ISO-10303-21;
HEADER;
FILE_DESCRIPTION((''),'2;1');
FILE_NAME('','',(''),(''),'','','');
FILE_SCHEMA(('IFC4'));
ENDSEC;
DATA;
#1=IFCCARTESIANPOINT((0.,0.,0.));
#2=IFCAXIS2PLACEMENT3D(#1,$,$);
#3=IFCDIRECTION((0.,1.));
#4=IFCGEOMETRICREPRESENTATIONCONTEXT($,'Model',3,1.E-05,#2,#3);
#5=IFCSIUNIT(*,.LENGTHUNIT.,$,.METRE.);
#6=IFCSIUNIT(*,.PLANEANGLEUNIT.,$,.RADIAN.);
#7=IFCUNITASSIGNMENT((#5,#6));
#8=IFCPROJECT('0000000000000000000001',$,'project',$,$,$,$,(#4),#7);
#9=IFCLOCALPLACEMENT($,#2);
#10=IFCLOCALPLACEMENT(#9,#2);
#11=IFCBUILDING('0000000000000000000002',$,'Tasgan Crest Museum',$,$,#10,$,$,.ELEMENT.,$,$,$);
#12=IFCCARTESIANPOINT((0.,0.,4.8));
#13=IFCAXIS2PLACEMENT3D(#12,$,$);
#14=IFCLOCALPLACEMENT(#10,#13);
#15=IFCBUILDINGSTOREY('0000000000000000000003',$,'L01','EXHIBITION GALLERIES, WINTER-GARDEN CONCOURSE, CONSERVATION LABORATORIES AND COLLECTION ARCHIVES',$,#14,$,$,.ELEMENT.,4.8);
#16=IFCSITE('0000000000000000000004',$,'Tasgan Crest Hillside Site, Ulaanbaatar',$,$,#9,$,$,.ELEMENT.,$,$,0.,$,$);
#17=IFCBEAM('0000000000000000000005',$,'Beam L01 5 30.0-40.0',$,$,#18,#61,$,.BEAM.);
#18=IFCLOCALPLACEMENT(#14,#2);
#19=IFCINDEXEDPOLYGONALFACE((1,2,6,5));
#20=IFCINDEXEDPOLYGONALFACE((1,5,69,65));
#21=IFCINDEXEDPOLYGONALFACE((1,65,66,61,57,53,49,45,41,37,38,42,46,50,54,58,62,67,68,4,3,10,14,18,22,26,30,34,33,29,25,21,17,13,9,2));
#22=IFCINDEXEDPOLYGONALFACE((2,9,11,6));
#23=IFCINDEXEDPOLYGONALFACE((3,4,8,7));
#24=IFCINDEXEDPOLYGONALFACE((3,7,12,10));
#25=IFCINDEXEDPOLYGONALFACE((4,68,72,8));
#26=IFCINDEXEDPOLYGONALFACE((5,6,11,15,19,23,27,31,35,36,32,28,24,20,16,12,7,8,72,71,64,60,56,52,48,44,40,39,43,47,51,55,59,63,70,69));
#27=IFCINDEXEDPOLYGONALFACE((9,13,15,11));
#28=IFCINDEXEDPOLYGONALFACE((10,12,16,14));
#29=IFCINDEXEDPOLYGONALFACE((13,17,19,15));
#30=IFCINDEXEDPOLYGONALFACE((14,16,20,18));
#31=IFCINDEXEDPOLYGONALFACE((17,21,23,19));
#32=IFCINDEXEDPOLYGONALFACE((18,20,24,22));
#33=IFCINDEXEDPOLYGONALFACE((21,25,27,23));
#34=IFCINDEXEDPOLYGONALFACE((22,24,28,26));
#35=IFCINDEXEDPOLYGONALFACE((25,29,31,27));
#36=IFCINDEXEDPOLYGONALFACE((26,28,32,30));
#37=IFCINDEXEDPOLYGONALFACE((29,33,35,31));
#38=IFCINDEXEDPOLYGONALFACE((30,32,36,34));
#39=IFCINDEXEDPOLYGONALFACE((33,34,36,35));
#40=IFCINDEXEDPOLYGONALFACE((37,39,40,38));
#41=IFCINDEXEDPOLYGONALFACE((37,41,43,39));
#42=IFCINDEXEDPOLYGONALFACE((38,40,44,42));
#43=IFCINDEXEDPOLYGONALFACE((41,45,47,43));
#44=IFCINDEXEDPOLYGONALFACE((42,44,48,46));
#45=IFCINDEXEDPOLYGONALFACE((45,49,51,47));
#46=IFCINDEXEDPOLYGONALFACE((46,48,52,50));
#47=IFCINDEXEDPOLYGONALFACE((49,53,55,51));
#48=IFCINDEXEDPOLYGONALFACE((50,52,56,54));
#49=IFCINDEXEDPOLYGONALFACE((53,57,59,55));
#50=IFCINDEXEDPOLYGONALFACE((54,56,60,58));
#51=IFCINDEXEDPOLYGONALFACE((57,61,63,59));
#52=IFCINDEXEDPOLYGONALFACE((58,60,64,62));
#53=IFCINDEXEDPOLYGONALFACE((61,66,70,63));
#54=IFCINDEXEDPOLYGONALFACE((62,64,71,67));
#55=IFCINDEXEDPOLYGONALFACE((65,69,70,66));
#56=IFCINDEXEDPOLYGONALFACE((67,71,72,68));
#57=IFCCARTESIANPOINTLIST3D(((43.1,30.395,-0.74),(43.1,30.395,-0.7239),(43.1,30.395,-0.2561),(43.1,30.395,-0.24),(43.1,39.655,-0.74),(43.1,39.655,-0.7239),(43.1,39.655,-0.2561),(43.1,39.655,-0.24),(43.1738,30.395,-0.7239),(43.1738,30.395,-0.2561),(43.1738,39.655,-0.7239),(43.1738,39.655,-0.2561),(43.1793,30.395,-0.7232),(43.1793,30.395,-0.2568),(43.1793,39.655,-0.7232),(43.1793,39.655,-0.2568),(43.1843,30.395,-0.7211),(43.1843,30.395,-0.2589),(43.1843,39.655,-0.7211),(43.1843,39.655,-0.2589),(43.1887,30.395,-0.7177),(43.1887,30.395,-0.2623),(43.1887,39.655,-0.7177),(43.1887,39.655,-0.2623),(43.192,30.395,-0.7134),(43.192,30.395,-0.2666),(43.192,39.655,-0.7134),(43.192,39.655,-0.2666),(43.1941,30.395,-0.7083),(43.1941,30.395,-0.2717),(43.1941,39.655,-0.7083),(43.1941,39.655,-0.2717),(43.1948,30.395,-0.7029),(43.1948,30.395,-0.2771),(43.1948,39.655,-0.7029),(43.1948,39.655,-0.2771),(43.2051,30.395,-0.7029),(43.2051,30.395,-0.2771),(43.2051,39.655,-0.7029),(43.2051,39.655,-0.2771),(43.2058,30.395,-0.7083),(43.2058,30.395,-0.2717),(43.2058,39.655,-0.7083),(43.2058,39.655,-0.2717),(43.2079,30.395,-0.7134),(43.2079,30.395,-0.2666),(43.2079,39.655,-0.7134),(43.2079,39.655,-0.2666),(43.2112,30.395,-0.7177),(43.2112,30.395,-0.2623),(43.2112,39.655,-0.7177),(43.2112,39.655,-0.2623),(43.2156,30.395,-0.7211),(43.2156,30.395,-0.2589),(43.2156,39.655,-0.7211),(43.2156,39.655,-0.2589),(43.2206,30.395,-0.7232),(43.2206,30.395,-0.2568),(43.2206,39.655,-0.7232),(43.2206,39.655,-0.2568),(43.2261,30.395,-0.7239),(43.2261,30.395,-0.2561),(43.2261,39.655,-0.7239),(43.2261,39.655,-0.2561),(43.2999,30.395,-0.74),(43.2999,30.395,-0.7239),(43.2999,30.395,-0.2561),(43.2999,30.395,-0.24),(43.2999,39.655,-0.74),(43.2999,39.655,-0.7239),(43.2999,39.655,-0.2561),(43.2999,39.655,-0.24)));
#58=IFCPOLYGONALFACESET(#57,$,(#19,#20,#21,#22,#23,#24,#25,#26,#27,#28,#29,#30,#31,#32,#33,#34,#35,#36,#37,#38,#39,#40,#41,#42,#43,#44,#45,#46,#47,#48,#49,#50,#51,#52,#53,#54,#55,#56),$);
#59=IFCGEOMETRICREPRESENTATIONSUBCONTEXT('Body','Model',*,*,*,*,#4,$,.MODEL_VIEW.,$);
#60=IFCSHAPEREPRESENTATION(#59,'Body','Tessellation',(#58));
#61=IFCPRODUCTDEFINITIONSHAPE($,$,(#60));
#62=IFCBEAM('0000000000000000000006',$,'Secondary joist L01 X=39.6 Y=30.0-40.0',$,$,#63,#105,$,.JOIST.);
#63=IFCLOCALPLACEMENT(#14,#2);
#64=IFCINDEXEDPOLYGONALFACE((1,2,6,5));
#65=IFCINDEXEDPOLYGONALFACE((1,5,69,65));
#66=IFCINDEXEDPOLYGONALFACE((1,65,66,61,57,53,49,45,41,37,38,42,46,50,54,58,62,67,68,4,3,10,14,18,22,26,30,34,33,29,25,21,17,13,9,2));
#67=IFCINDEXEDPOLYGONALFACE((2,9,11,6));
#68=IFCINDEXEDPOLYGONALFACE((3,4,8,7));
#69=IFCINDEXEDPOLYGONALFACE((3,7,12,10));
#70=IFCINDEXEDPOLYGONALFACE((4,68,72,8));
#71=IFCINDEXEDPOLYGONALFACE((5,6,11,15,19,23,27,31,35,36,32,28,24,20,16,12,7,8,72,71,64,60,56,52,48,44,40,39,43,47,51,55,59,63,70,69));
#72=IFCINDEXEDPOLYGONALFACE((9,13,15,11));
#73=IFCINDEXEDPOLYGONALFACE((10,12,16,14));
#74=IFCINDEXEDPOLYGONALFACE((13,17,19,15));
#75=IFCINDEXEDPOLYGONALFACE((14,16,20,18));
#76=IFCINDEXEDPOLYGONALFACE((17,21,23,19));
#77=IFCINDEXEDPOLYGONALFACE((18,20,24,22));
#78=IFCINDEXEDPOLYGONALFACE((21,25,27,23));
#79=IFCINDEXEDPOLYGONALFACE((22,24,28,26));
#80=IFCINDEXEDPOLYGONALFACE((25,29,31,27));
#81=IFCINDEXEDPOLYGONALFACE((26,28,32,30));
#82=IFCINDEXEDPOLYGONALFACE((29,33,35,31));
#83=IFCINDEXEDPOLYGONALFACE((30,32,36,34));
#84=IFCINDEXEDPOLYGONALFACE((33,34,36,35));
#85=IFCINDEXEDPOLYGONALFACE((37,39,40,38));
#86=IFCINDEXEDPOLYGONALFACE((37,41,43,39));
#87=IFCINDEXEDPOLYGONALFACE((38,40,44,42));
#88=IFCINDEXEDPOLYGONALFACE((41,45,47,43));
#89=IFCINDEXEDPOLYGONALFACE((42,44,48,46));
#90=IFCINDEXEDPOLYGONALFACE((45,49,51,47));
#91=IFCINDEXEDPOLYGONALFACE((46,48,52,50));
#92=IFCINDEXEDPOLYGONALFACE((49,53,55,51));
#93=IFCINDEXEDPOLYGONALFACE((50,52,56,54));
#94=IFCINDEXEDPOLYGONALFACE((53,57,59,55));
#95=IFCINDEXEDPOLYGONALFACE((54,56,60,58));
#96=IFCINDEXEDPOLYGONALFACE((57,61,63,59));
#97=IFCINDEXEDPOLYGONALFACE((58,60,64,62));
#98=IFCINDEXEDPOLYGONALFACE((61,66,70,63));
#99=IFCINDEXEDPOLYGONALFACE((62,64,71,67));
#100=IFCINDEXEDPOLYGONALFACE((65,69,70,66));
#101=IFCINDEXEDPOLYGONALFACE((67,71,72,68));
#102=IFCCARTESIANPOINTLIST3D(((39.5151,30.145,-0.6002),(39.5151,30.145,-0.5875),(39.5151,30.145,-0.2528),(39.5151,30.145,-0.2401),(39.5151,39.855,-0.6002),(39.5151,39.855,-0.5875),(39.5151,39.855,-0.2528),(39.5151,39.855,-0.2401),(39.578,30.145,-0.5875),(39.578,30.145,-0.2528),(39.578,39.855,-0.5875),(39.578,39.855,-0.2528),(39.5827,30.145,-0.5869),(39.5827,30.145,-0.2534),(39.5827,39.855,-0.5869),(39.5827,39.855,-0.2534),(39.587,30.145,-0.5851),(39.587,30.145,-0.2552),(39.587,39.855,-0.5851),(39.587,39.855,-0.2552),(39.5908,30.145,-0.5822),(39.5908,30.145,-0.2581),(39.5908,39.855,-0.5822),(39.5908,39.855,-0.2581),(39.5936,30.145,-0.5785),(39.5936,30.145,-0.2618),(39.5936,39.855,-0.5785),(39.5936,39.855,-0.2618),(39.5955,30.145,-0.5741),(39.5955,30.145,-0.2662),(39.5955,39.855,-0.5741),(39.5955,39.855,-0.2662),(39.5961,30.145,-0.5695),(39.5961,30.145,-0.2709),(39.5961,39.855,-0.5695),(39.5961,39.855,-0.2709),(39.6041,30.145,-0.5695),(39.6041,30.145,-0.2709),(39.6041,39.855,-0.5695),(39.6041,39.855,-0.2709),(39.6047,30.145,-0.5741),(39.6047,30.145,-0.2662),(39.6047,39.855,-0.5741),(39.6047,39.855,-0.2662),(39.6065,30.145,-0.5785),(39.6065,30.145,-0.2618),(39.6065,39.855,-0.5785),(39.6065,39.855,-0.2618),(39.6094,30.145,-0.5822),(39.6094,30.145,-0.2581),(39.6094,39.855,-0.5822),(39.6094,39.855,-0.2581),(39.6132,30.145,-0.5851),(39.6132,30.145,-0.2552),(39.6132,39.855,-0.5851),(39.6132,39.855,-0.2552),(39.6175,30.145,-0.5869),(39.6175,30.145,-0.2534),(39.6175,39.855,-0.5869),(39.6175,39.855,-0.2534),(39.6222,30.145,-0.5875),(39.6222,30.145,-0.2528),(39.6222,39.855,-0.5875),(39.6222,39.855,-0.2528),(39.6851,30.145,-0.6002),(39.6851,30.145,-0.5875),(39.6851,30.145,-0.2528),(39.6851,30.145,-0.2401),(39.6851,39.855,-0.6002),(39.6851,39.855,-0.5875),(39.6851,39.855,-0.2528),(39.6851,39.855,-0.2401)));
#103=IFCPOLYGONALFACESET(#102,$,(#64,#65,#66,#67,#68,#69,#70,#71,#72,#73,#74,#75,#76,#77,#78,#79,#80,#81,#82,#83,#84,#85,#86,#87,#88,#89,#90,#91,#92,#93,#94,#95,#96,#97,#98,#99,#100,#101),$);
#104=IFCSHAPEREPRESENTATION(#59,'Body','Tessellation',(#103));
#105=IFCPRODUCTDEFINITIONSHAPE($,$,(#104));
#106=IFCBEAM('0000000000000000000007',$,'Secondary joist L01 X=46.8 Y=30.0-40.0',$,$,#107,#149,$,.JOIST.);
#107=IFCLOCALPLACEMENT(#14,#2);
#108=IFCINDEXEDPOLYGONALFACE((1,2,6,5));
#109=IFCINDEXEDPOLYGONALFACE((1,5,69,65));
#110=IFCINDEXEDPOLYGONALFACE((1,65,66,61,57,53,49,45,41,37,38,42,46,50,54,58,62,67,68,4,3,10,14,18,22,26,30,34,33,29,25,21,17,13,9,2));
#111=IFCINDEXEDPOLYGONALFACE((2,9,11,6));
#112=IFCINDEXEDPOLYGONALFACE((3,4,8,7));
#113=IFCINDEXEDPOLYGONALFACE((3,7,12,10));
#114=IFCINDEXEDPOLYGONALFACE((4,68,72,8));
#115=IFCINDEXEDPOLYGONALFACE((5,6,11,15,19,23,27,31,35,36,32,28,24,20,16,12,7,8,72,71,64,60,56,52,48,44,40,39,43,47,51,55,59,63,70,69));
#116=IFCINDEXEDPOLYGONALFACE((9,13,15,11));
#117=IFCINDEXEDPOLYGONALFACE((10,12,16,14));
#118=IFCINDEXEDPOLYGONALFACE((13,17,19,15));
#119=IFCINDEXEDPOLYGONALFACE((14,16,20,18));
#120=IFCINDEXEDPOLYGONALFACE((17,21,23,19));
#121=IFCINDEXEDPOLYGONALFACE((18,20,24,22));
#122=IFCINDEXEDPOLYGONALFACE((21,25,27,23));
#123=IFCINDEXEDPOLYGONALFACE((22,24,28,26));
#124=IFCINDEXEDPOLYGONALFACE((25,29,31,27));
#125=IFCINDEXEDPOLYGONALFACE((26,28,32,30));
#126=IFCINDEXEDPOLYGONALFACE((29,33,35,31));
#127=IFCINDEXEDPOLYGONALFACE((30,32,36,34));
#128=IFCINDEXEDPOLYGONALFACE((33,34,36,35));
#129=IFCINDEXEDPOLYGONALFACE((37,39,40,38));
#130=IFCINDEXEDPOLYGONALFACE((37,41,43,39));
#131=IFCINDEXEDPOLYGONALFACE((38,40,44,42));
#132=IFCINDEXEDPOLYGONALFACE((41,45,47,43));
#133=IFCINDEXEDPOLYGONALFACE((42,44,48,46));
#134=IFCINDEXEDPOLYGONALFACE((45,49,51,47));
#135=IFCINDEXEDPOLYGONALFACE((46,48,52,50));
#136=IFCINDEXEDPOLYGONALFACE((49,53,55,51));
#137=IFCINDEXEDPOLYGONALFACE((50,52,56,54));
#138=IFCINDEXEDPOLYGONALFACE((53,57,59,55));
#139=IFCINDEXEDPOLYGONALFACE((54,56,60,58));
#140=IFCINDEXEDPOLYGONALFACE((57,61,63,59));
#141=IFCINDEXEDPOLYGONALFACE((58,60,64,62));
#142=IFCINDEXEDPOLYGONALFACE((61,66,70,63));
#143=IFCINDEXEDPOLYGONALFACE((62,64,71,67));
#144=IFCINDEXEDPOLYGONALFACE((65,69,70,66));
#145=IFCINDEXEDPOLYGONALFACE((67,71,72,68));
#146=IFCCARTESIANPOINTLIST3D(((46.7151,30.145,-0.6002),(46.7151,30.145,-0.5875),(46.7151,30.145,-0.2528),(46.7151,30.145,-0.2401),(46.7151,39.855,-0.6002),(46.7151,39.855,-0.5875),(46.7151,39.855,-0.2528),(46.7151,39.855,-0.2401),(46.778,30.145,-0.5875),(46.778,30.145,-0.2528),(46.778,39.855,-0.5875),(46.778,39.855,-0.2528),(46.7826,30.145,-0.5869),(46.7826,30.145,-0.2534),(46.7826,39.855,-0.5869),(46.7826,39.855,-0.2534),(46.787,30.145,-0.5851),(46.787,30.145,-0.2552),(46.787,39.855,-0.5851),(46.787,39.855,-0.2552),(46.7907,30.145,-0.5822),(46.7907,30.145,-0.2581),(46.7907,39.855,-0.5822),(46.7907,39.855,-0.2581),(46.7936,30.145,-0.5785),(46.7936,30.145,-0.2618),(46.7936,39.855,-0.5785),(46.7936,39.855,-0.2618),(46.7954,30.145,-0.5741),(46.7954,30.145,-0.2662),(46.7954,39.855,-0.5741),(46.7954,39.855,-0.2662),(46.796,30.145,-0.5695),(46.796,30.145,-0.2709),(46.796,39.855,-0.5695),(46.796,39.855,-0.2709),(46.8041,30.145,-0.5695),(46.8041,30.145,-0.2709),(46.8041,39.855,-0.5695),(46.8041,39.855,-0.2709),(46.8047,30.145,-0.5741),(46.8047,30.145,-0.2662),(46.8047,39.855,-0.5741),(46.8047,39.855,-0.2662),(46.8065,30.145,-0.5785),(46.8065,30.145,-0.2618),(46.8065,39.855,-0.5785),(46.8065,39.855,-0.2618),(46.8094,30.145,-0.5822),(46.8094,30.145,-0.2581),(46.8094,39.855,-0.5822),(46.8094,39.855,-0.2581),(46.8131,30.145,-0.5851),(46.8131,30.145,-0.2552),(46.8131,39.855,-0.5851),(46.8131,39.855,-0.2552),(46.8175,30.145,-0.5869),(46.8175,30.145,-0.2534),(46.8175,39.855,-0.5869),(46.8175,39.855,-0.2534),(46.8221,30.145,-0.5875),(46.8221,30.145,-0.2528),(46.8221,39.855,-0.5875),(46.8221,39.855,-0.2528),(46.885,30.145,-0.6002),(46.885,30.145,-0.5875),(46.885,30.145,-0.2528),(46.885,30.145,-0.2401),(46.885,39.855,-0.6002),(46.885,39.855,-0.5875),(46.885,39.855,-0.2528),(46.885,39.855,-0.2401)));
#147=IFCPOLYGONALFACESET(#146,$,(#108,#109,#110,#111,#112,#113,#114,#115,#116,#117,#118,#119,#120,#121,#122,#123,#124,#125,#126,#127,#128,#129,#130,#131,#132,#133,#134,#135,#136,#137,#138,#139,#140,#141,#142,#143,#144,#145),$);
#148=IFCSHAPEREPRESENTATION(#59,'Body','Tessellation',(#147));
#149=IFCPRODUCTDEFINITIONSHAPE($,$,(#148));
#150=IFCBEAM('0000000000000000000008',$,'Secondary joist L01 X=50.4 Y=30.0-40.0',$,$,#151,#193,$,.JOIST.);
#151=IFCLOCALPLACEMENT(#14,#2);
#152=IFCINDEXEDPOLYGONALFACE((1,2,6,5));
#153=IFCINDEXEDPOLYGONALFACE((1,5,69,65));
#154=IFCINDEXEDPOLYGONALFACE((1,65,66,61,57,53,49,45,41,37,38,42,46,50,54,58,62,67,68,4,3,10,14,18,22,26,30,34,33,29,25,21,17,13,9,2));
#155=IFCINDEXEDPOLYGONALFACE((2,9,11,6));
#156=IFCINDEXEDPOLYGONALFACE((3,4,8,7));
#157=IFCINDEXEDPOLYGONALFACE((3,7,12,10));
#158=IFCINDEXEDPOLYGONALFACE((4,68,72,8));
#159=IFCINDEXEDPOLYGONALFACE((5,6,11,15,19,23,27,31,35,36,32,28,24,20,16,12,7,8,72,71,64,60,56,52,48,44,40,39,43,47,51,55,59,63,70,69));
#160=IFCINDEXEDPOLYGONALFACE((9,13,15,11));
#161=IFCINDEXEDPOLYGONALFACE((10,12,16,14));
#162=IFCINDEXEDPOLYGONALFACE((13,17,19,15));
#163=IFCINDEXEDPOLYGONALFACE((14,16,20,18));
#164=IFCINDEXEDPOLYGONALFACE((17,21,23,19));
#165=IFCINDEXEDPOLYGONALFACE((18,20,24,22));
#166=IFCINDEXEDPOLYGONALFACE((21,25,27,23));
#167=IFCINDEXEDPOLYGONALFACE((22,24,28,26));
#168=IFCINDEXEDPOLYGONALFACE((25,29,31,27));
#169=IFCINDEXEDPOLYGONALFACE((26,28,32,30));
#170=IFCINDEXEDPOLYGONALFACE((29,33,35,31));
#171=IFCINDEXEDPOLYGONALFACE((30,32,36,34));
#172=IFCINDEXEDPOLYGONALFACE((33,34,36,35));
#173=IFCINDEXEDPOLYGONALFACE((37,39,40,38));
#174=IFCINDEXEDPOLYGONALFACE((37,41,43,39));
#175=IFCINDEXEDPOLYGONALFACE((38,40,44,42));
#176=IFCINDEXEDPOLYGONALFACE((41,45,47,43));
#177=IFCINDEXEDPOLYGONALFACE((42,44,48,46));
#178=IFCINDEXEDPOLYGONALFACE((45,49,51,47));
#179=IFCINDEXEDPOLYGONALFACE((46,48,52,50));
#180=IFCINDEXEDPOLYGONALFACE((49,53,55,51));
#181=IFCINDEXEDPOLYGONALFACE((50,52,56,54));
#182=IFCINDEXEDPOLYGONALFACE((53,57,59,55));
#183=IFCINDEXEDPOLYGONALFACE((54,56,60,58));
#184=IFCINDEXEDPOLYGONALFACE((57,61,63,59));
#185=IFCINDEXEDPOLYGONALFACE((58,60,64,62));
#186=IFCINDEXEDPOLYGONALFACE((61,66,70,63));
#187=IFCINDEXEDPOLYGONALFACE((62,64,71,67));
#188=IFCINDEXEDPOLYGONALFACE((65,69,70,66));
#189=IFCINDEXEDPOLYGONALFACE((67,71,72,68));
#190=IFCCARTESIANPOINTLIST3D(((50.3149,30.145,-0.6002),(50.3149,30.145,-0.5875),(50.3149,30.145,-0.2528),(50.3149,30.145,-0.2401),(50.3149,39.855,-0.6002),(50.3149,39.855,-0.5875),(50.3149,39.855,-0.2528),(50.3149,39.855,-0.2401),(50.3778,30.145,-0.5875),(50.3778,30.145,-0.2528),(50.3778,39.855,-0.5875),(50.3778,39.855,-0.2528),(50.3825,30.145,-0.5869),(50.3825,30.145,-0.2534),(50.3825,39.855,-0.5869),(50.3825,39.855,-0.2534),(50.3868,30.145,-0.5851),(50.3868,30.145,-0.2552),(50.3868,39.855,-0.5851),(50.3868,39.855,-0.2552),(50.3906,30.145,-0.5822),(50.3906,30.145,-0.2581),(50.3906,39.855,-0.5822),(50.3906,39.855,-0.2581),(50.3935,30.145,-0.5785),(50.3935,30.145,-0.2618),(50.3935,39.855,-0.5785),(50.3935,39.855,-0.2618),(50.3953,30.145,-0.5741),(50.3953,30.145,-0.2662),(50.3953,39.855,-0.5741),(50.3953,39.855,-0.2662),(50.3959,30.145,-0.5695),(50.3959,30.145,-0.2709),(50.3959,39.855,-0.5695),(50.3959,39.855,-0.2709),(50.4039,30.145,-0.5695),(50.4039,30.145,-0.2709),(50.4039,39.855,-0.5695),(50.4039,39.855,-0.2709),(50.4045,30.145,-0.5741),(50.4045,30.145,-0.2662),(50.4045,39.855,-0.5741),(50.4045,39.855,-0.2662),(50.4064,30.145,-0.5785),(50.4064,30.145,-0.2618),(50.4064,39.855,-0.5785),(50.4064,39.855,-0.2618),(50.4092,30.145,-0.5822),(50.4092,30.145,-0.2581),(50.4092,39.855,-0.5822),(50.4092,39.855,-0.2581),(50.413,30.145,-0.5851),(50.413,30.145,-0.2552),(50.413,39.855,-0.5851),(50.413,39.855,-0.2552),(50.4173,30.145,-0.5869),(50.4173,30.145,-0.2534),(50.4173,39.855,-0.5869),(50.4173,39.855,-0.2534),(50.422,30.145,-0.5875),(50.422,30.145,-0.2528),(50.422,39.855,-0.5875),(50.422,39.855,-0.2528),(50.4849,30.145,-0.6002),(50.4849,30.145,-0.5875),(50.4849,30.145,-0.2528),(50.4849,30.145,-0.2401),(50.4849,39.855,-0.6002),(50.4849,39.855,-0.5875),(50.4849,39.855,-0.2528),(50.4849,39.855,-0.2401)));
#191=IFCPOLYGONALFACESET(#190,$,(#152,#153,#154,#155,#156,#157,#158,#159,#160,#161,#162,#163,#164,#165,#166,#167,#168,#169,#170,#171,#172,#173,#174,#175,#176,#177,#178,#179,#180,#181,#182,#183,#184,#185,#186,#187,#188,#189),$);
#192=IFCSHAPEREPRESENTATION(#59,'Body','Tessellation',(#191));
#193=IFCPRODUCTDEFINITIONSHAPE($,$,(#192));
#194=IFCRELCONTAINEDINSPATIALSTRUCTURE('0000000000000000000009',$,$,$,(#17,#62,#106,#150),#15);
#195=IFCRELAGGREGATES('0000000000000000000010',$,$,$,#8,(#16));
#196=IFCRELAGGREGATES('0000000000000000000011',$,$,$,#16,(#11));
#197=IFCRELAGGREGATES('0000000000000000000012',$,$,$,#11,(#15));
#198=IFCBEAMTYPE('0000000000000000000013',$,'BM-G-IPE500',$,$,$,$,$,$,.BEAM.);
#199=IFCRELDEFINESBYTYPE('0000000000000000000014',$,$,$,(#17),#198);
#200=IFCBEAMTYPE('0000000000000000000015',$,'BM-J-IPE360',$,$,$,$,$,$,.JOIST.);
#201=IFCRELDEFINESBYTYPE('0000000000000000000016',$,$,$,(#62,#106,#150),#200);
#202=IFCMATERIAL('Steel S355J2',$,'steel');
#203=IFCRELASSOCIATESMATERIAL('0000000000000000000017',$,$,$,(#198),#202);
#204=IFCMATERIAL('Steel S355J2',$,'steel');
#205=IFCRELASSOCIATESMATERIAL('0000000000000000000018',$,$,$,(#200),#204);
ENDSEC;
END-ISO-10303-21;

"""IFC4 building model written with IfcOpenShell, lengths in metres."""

from ifc_helpers import new_model, si_unit, direction, frame, origin, origin_2d, place, context, subcontext, project, spatial, i_section, extrude, material, material_profile, profile_set, type_object, element, save


model = new_model("IFC4")

# Units and contexts
model_context = context("Model", 3, precision=1e-05, world=origin(), true_north=direction((0.0, 1.0)))
body_context = subcontext(model_context, "Body", "Model", "MODEL_VIEW")
ifc_project = project(units=[si_unit("LENGTHUNIT", "METRE"), si_unit("PLANEANGLEUNIT", "RADIAN")], contexts=[model_context])

# Site, building, storey
site_placement = place(None, origin())
site = spatial("IfcSite", under=ifc_project, at=site_placement, Name="Tasgan Crest Hillside Site, Ulaanbaatar", CompositionType="ELEMENT", RefElevation=0.0)
building_placement = place(site_placement, origin())
building = spatial("IfcBuilding", under=site, at=building_placement, Name="Tasgan Crest Museum", CompositionType="ELEMENT")
storey_placement = place(building_placement, frame((0.0, 0.0, 4.8)))
storey = spatial("IfcBuildingStorey", under=building, at=storey_placement, Name="L01", Description="EXHIBITION GALLERIES, WINTER-GARDEN CONCOURSE, CONSERVATION LABORATORIES AND COLLECTION ARCHIVES", CompositionType="ELEMENT", Elevation=4.8)

# Beams
ifc_material_1 = material(Name="Steel S355J2", Category="steel")
ifc_material_profile_1 = material_profile(ifc_material_1, i_section(OverallWidth=0.2, OverallDepth=0.5, WebThickness=0.0103, FlangeThickness=0.0161, FilletRadius=0.021, at=origin_2d()), Name="IPE 500")
ifc_profile_set_1 = profile_set([ifc_material_profile_1], Name="Steel S355J2")
beam_type_1 = type_object("IfcBeamType", Name="BM-G-IPE500", PredefinedType="BEAM", material=ifc_profile_set_1)
beam_1_placement = place(storey_placement, frame((43.2, 30.395, -0.49), z_axis=(0.0, 1.0, 0.0), x_axis=(-1.0, 0.0, 0.0)))
element("IfcBeam", 1, at=beam_1_placement, inside=storey, type_object=beam_type_1, Name="Beam L01 5 30.0-40.0", PredefinedType="BEAM", context=body_context, shape_type="SweptSolid", body=[
    extrude(i_section(OverallWidth=0.2, OverallDepth=0.5, WebThickness=0.0103, FlangeThickness=0.0161, FilletRadius=0.021, at=origin_2d()), origin(), (0.0, 0.0, 1.0), 9.26),
])
ifc_material_2 = material(Name="Steel S355J2", Category="steel")
ifc_material_profile_2 = material_profile(ifc_material_2, i_section(OverallWidth=0.1699, OverallDepth=0.3601, WebThickness=0.0081, FlangeThickness=0.0127, FilletRadius=0.0181, at=origin_2d()), Name="IPE 360")
ifc_profile_set_2 = profile_set([ifc_material_profile_2], Name="Steel S355J2")
beam_type_2 = type_object("IfcBeamType", Name="BM-J-IPE360", PredefinedType="JOIST", material=ifc_profile_set_2)
for number, where, z_axis, x_axis, name in (
    (2, (39.6001, 30.145, -0.4202), (0.0, 1.0, 0.0), (-1.0, 0.0, 0.0), "Secondary joist L01 X=39.6 Y=30.0-40.0"),
    (3, (46.8, 30.145, -0.4202), (0.0, 1.0, 0.0), (-1.0, 0.0, 0.0), "Secondary joist L01 X=46.8 Y=30.0-40.0"),
    (4, (50.3999, 30.145, -0.4202), (0.0, 1.0, 0.0), (-1.0, 0.0, 0.0), "Secondary joist L01 X=50.4 Y=30.0-40.0"),
):
    element("IfcBeam", number, at=place(storey_placement, frame(where, z_axis=z_axis, x_axis=x_axis)), inside=storey, type_object=beam_type_2, Name=name, PredefinedType="JOIST", context=body_context, shape_type="SweptSolid", body=[
        extrude(i_section(OverallWidth=0.1699, OverallDepth=0.3601, WebThickness=0.0081, FlangeThickness=0.0127, FilletRadius=0.0181, at=origin_2d()), origin(), (0.0, 0.0, 1.0), 9.71),
    ])

save(model, "model.ifc")
